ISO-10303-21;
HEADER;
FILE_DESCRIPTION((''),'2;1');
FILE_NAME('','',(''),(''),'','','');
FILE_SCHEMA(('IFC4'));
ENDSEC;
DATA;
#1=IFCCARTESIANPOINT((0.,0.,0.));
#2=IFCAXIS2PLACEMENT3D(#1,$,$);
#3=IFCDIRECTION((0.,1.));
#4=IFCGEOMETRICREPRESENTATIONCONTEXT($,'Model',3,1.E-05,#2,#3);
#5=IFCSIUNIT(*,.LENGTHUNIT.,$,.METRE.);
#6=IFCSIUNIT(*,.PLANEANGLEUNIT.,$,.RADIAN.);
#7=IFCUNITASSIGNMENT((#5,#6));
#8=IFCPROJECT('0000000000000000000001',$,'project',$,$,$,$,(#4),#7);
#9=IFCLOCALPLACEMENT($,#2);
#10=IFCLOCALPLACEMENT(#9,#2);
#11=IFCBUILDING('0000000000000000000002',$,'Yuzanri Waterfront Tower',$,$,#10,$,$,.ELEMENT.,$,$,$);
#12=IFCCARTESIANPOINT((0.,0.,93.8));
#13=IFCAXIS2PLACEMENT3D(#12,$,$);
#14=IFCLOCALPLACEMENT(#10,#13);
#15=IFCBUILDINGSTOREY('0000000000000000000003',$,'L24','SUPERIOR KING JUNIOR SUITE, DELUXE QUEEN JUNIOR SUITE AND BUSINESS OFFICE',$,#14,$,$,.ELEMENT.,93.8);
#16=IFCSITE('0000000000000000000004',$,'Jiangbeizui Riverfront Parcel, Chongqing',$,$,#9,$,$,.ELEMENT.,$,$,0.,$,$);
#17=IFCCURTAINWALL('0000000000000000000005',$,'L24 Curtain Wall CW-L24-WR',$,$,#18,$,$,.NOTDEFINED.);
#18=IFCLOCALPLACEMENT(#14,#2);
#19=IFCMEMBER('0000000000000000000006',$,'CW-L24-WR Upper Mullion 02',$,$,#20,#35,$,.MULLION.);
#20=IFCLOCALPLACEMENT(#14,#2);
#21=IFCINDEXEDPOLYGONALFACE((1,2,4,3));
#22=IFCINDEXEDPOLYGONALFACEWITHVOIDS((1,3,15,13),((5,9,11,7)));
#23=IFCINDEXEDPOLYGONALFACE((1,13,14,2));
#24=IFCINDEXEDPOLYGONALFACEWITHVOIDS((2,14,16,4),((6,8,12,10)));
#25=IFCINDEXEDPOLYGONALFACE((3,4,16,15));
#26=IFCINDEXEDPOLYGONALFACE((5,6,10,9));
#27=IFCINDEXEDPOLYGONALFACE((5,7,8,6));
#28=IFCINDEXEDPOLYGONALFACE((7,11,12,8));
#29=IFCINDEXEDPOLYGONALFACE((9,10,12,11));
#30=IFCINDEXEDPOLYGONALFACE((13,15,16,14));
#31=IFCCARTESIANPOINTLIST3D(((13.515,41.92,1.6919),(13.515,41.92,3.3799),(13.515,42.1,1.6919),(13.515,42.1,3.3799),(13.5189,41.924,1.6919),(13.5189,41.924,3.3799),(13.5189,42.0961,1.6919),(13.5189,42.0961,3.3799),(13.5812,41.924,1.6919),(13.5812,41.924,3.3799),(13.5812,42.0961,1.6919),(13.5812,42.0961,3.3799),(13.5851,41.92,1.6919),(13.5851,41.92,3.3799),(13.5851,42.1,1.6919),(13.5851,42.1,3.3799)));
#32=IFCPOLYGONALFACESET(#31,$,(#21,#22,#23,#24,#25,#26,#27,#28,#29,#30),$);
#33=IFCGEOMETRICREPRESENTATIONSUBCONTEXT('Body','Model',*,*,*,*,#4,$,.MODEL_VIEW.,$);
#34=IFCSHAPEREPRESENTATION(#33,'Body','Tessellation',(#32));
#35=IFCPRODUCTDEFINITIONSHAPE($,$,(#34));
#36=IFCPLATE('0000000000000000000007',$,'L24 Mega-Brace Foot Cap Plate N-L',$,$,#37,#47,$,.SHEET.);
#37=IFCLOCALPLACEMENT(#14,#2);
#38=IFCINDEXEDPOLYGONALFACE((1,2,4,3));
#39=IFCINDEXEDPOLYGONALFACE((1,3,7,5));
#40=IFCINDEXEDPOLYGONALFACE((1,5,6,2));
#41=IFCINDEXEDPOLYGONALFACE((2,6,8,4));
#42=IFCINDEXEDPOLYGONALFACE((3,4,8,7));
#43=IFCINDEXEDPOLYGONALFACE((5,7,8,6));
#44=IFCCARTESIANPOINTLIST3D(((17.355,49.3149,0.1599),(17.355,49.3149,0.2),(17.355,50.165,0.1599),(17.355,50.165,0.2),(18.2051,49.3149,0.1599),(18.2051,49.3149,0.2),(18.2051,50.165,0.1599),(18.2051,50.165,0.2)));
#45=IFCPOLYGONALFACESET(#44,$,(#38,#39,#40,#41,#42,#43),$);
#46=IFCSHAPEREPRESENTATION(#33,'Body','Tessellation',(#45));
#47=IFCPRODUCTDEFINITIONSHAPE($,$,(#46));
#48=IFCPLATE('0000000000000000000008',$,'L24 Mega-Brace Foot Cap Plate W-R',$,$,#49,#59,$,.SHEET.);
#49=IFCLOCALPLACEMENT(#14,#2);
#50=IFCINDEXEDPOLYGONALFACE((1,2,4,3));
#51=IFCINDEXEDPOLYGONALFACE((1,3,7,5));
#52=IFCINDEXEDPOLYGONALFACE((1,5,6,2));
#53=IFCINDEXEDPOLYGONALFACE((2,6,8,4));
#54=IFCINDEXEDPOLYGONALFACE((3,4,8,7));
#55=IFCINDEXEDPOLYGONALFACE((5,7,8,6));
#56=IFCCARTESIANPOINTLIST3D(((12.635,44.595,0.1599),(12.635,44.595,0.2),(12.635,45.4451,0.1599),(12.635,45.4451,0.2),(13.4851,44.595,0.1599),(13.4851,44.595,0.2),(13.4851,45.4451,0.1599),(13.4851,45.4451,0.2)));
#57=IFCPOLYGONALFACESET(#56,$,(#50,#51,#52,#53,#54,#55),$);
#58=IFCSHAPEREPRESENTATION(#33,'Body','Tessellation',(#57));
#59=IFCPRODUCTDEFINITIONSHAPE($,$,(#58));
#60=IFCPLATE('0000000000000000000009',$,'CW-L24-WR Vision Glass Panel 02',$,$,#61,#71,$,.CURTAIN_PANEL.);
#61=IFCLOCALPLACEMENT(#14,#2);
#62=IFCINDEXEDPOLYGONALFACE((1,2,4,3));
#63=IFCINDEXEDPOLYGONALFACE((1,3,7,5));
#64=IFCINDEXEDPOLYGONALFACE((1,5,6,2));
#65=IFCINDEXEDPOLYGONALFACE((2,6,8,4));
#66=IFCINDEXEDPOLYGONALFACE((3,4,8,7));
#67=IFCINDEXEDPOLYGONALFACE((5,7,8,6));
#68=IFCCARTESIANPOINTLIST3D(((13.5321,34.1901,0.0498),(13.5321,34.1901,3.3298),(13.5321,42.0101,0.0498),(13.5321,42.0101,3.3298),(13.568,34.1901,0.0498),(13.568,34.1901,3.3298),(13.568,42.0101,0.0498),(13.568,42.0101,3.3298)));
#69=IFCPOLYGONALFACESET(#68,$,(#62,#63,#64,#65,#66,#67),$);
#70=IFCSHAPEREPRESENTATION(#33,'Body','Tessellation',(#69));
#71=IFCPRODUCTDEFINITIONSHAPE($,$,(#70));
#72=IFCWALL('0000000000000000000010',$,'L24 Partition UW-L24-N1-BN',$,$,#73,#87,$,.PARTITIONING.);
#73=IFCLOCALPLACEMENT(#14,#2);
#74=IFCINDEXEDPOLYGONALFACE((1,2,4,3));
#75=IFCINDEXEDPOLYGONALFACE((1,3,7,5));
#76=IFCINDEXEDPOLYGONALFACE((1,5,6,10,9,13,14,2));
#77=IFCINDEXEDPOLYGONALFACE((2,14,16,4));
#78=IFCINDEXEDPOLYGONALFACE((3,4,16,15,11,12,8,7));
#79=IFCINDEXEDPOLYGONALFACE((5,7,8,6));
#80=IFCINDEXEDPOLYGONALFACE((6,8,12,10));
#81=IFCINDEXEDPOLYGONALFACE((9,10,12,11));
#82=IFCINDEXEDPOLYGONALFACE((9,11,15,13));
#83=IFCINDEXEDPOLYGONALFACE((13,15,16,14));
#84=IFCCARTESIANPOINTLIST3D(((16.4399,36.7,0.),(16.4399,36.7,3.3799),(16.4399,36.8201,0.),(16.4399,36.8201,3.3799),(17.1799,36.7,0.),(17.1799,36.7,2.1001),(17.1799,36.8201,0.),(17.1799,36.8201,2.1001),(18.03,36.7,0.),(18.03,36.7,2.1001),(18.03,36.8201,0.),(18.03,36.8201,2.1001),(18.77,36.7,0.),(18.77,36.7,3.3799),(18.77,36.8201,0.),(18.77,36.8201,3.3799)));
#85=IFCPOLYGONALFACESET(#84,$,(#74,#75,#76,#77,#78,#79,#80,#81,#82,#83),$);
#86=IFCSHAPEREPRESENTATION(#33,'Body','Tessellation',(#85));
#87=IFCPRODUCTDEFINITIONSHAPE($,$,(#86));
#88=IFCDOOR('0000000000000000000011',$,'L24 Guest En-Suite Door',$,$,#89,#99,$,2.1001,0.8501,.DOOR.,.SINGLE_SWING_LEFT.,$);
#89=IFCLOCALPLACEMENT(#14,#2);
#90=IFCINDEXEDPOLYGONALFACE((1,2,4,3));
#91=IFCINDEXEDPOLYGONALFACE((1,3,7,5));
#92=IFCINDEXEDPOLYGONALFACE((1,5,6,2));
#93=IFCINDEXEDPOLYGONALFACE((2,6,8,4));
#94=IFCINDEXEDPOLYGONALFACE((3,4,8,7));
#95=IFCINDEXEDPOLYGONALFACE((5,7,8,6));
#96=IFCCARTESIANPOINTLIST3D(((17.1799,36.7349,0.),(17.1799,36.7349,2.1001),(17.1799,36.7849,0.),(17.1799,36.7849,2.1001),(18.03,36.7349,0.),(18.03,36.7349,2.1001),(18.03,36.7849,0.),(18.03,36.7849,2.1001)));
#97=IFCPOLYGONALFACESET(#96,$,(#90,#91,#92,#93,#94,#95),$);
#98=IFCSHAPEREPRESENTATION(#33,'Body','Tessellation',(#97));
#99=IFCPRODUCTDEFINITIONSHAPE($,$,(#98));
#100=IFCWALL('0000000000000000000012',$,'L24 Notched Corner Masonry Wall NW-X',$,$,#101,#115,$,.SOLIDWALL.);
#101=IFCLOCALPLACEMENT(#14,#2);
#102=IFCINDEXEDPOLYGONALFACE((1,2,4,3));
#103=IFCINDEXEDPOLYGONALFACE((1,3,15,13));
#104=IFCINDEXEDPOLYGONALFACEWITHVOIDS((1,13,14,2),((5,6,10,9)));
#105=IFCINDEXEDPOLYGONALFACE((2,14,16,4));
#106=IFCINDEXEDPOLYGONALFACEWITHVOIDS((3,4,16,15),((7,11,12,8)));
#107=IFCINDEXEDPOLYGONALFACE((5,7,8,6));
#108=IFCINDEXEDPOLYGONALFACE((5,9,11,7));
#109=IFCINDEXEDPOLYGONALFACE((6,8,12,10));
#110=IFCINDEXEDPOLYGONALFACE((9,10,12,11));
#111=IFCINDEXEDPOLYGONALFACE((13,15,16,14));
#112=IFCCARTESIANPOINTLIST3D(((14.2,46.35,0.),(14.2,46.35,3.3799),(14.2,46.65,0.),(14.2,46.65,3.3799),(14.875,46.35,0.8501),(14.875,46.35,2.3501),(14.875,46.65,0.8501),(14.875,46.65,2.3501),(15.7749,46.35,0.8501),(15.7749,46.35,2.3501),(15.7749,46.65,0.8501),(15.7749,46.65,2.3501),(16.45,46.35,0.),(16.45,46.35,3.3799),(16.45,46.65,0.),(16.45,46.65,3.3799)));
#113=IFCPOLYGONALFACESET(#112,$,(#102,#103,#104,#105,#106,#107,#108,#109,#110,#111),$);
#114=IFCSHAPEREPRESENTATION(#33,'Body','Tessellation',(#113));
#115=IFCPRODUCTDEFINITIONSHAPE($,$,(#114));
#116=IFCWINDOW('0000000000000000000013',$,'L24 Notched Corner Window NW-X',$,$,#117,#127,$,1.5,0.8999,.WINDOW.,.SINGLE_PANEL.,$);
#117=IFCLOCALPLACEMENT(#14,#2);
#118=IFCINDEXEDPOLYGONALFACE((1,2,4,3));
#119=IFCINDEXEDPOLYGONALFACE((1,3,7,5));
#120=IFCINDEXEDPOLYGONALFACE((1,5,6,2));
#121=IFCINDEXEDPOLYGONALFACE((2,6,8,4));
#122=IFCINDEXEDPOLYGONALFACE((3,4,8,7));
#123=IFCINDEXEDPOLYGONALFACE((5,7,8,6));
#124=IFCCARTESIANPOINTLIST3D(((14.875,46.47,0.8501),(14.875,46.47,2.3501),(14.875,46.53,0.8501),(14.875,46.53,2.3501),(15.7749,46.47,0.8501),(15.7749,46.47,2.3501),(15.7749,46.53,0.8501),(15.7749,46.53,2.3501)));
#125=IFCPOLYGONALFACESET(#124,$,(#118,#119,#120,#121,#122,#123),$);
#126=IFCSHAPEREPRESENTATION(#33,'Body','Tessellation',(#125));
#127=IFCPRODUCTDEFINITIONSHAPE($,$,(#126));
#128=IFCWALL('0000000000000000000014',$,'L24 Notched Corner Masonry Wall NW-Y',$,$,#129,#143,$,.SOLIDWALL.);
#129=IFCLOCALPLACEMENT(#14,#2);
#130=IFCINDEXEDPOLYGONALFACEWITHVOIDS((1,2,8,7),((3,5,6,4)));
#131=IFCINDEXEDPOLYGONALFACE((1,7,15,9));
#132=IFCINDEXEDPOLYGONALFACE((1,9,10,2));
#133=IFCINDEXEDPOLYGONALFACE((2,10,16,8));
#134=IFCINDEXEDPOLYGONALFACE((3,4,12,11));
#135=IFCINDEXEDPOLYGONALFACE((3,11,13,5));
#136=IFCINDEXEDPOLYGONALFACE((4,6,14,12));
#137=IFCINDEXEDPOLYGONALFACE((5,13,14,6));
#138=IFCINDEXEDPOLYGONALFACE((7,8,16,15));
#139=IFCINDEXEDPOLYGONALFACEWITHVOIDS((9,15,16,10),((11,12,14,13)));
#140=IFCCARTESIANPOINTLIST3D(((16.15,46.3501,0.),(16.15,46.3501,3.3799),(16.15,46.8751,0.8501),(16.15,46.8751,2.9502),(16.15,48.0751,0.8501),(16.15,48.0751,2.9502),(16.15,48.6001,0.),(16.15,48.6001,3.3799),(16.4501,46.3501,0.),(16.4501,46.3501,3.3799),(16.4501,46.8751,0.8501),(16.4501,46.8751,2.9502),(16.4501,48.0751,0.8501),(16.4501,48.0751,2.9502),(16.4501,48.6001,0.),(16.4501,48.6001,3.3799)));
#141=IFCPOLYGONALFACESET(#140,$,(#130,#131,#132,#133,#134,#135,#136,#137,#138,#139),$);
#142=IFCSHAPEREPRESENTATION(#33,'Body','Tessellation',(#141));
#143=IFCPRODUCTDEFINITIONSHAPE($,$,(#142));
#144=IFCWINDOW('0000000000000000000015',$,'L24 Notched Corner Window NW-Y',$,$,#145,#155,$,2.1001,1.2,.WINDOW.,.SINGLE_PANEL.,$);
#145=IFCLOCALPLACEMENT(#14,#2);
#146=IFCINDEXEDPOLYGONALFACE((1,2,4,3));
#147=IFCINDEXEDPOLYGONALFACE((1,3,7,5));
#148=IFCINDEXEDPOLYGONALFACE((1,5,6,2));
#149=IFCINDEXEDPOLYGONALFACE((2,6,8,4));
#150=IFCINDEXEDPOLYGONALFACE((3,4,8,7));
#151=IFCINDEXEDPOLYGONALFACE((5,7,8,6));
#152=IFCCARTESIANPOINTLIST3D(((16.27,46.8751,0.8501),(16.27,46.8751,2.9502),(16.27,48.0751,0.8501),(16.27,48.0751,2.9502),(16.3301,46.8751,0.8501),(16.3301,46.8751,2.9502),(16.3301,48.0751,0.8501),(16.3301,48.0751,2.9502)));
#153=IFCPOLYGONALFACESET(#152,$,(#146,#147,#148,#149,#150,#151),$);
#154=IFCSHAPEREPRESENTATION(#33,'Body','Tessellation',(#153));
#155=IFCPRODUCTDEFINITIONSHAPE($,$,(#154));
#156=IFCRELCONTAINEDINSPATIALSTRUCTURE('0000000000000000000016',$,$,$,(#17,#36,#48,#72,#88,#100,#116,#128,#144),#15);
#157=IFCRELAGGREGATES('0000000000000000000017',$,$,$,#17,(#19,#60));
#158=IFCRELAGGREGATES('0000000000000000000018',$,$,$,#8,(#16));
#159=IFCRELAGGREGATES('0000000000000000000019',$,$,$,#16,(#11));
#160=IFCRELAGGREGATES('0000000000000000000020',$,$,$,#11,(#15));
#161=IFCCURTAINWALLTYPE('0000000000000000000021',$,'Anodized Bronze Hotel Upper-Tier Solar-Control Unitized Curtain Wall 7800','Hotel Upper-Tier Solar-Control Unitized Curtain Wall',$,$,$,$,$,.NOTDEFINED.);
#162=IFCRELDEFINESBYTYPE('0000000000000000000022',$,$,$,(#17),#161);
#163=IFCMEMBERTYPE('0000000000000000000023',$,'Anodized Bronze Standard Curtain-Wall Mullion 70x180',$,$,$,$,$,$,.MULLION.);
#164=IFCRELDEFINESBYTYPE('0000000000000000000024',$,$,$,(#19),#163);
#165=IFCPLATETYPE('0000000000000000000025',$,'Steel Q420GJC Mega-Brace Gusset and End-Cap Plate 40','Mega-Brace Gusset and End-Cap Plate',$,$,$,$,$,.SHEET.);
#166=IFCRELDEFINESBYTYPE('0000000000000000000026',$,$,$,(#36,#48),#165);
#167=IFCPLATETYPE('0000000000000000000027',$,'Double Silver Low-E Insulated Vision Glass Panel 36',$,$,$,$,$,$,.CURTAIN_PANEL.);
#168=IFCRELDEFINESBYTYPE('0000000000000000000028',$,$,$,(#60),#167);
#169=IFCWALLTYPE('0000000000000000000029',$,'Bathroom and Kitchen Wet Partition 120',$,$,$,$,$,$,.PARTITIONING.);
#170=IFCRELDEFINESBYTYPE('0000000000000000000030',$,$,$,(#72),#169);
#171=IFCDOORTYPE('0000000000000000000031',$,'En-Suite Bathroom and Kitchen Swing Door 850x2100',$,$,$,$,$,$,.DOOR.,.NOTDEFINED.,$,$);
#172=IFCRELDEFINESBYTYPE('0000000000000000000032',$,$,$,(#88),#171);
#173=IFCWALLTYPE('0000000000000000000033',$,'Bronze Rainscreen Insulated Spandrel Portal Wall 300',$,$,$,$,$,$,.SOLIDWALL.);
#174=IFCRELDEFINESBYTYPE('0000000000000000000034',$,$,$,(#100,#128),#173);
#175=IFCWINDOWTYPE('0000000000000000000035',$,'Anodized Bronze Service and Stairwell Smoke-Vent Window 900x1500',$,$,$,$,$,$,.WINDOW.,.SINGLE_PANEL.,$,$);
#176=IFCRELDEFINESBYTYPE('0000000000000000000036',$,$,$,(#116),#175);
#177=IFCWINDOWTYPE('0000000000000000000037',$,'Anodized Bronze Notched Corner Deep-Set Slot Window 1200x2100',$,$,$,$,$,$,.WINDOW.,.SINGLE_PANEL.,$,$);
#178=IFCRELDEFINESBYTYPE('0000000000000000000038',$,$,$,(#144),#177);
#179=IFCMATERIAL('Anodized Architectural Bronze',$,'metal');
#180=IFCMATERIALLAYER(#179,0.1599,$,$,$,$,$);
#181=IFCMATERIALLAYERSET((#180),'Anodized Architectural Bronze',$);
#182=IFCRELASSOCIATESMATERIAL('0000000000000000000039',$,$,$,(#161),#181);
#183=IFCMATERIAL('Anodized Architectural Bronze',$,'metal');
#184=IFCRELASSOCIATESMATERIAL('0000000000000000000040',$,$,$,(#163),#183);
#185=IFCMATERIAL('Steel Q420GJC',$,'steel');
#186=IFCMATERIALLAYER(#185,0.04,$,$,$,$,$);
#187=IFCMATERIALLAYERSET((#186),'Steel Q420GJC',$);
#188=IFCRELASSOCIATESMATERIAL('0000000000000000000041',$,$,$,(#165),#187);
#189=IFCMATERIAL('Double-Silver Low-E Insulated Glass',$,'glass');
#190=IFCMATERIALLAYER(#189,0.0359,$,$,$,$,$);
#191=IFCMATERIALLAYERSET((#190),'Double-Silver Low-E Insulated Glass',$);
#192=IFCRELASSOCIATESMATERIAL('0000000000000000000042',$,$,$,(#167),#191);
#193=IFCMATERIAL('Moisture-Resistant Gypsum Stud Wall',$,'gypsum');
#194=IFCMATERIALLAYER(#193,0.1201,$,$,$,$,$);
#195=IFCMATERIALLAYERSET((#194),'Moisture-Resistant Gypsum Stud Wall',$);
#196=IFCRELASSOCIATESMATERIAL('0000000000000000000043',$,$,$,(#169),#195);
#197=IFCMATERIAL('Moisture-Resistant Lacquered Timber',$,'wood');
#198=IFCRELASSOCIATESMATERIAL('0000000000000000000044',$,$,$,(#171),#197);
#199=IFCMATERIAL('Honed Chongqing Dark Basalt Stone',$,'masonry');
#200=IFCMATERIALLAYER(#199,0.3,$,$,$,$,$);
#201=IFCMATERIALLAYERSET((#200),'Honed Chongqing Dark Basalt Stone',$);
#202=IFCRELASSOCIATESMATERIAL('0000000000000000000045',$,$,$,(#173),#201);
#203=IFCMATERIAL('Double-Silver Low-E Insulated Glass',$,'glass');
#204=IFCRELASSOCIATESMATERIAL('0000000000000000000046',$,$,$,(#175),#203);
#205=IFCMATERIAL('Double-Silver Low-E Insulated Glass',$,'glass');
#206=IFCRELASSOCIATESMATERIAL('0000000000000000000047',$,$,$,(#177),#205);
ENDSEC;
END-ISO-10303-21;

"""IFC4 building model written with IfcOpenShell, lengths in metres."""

from ifc_helpers import new_model, si_unit, direction, frame, frame_2d, origin, origin_2d, place, context, subcontext, project, spatial, rectangle, hollow_rectangle, extrude, source, transform, mapped, material, layer, layer_set, material_profile, profile_set, type_object, element, fill, aggregate, save


model = new_model("IFC4")

# Units and contexts
model_context = context("Model", 3, precision=1e-05, world=origin(), true_north=direction((0.0, 1.0)))
body_context = subcontext(model_context, "Body", "Model", "MODEL_VIEW")
ifc_project = project(units=[si_unit("LENGTHUNIT", "METRE"), si_unit("PLANEANGLEUNIT", "RADIAN")], contexts=[model_context])

# Site, building, storey
site_placement = place(None, origin())
site = spatial("IfcSite", under=ifc_project, at=site_placement, Name="Jiangbeizui Riverfront Parcel, Chongqing", CompositionType="ELEMENT", RefElevation=0.0)
building_placement = place(site_placement, origin())
building = spatial("IfcBuilding", under=site, at=building_placement, Name="Yuzanri Waterfront Tower", CompositionType="ELEMENT")
storey_placement = place(building_placement, frame((0.0, 0.0, 93.8)))
storey = spatial("IfcBuildingStorey", under=building, at=storey_placement, Name="L24", Description="SUPERIOR KING JUNIOR SUITE, DELUXE QUEEN JUNIOR SUITE AND BUSINESS OFFICE", CompositionType="ELEMENT", Elevation=93.8)

# Curtain wall, member
ifc_material_1 = material(Name="Anodized Architectural Bronze", Category="metal")
ifc_layer_1 = layer(ifc_material_1, 0.1599)
ifc_layer_set_1 = layer_set([ifc_layer_1], Name="Anodized Architectural Bronze")
curtain_wall_type = type_object("IfcCurtainWallType", Name="Anodized Bronze Hotel Upper-Tier Solar-Control Unitized Curtain Wall 7800", Description="Hotel Upper-Tier Solar-Control Unitized Curtain Wall", PredefinedType="NOTDEFINED", material=ifc_layer_set_1)
curtain_wall_placement = place(storey_placement, origin())
curtain_wall = element("IfcCurtainWall", 1, at=curtain_wall_placement, inside=storey, type_object=curtain_wall_type, Name="L24 Curtain Wall CW-L24-WR", PredefinedType="NOTDEFINED")
ifc_material_2 = material(Name="Anodized Architectural Bronze", Category="metal")
ifc_material_profile_1 = material_profile(ifc_material_2, hollow_rectangle(XDim=0.0701, YDim=0.1799, WallThickness=0.0039, at=origin_2d()), Name="CWM 70x180")
ifc_profile_set_1 = profile_set([ifc_material_profile_1], Name="Anodized Architectural Bronze")
member_type_1 = type_object("IfcMemberType", Name="Anodized Bronze Standard Curtain-Wall Mullion 70x180", PredefinedType="MULLION", material=ifc_profile_set_1)
shared_shape_1 = source(origin(), body_context, "Body", "SweptSolid", [
    extrude(hollow_rectangle(XDim=0.0701, YDim=0.1799, WallThickness=0.0039, at=origin_2d()), origin(), (0.0, 0.0, 1.0), 1.688),
])
member_1_placement = place(storey_placement, frame((13.55, 42.01, 1.6919), z_axis=(0.0, 0.0, 1.0), x_axis=(1.0, 0.0, 0.0)))
member_1 = element("IfcMember", 2, at=member_1_placement, type_object=member_type_1, Name="CW-L24-WR Upper Mullion 02", PredefinedType="MULLION", context=body_context, shape_type="MappedRepresentation", body=[
    mapped(shared_shape_1, transform((0.0, 0.0, 0.0), scale=1.0)),
])

# Plates
ifc_material_3 = material(Name="Steel Q420GJC", Category="steel")
ifc_layer_2 = layer(ifc_material_3, 0.04)
ifc_layer_set_2 = layer_set([ifc_layer_2], Name="Steel Q420GJC")
plate_type_1 = type_object("IfcPlateType", Name="Steel Q420GJC Mega-Brace Gusset and End-Cap Plate 40", Description="Mega-Brace Gusset and End-Cap Plate", PredefinedType="SHEET", material=ifc_layer_set_2)
shared_shape_2 = source(origin(), body_context, "Body", "SweptSolid", [
    extrude(rectangle(XDim=0.8501, YDim=0.8501, at=origin_2d()), origin(), (0.0, 0.0, 1.0), 0.04),
])
for number, where, z_axis, x_axis, name in (
    (3, (17.78, 49.74, 0.1599), (0.0, 0.0, 1.0), (1.0, 0.0, 0.0), "L24 Mega-Brace Foot Cap Plate N-L"),
    (4, (13.0601, 45.02, 0.1599), (0.0, 0.0, 1.0), (1.0, 0.0, 0.0), "L24 Mega-Brace Foot Cap Plate W-R"),
):
    element("IfcPlate", number, at=place(storey_placement, frame(where, z_axis=z_axis, x_axis=x_axis)), inside=storey, type_object=plate_type_1, Name=name, PredefinedType="SHEET", context=body_context, shape_type="MappedRepresentation", body=[
        mapped(shared_shape_2, transform((0.0, 0.0, 0.0), scale=1.0)),
    ])

# Plate
ifc_material_4 = material(Name="Double-Silver Low-E Insulated Glass", Category="glass")
ifc_layer_3 = layer(ifc_material_4, 0.0359)
ifc_layer_set_3 = layer_set([ifc_layer_3], Name="Double-Silver Low-E Insulated Glass")
plate_type_2 = type_object("IfcPlateType", Name="Double Silver Low-E Insulated Vision Glass Panel 36", PredefinedType="CURTAIN_PANEL", material=ifc_layer_set_3)
shared_shape_3 = source(origin(), body_context, "Body", "SweptSolid", [
    extrude(rectangle(XDim=7.8201, YDim=0.0359, at=origin_2d()), origin(), (0.0, 0.0, 1.0), 3.28),
])
plate_placement = place(storey_placement, frame((13.55, 38.1001, 0.0498), z_axis=(0.0, 0.0, 1.0), x_axis=(0.0, 1.0, 0.0)))
plate = element("IfcPlate", 5, at=plate_placement, type_object=plate_type_2, Name="CW-L24-WR Vision Glass Panel 02", PredefinedType="CURTAIN_PANEL", context=body_context, shape_type="MappedRepresentation", body=[
    mapped(shared_shape_3, transform((0.0, 0.0, 0.0), scale=1.0)),
])
aggregate(curtain_wall, [member_1, plate])

# Wall, opening, door
ifc_material_5 = material(Name="Moisture-Resistant Gypsum Stud Wall", Category="gypsum")
ifc_layer_4 = layer(ifc_material_5, 0.1201)
ifc_layer_set_4 = layer_set([ifc_layer_4], Name="Moisture-Resistant Gypsum Stud Wall")
wall_type_1 = type_object("IfcWallType", Name="Bathroom and Kitchen Wet Partition 120", PredefinedType="PARTITIONING", material=ifc_layer_set_4)
wall_1_placement = place(storey_placement, frame((16.4399, 36.76, 0.0), z_axis=(0.0, 0.0, 1.0), x_axis=(1.0, 0.0, 0.0)))
wall_1 = element("IfcWall", 6, at=wall_1_placement, inside=storey, type_object=wall_type_1, Name="L24 Partition UW-L24-N1-BN", PredefinedType="PARTITIONING", context=body_context, shape_type="SweptSolid", body=[
    extrude(rectangle(XDim=2.3301, YDim=0.1201, at=frame_2d((1.165, 0.0))), origin(), (0.0, 0.0, 1.0), 3.3799),
])
opening_1_placement = place(wall_1_placement, frame((0.74, 0.0, 0.0)))
opening_1 = element("IfcOpeningElement", 7, at=opening_1_placement, cuts=wall_1, PredefinedType="OPENING", context=body_context, shape_type="SweptSolid", body=[
    extrude(rectangle(XDim=0.8501, YDim=2.1001, at=frame_2d((0.425, 1.05))), frame((0.0, 0.075, 0.0), z_axis=(0.0, -1.0, 0.0), x_axis=(1.0, 0.0, 0.0)), (0.0, 0.0, 1.0), 0.1499),
])
ifc_material_6 = material(Name="Moisture-Resistant Lacquered Timber", Category="wood")
door_type_1 = type_object("IfcDoorType", Name="En-Suite Bathroom and Kitchen Swing Door 850x2100", OperationType="NOTDEFINED", PredefinedType="DOOR", material=ifc_material_6)
shared_shape_4 = source(origin(), body_context, "Body", "SweptSolid", [
    extrude(rectangle(XDim=0.8501, YDim=2.1001, at=frame_2d((0.425, 1.05))), frame((0.0, 0.0249, 0.0), z_axis=(0.0, -1.0, 0.0), x_axis=(1.0, 0.0, 0.0)), (0.0, 0.0, 1.0), 0.05),
])
door_1_placement = place(opening_1_placement, origin())
door_1 = element("IfcDoor", 8, at=door_1_placement, inside=storey, type_object=door_type_1, Name="L24 Guest En-Suite Door", OperationType="SINGLE_SWING_LEFT", OverallHeight=2.1001, OverallWidth=0.8501, PredefinedType="DOOR", context=body_context, shape_type="MappedRepresentation", body=[
    mapped(shared_shape_4, transform((0.0, 0.0, 0.0), scale=1.0)),
])
fill(opening_1, door_1)

# Walls, openings, windows
ifc_material_7 = material(Name="Honed Chongqing Dark Basalt Stone", Category="masonry")
ifc_layer_5 = layer(ifc_material_7, 0.3)
ifc_layer_set_5 = layer_set([ifc_layer_5], Name="Honed Chongqing Dark Basalt Stone")
wall_type_2 = type_object("IfcWallType", Name="Bronze Rainscreen Insulated Spandrel Portal Wall 300", PredefinedType="SOLIDWALL", material=ifc_layer_set_5)
wall_2_placement = place(storey_placement, frame((16.45, 46.5, 0.0), z_axis=(0.0, 0.0, 1.0), x_axis=(-1.0, 0.0, 0.0)))
wall_2 = element("IfcWall", 9, at=wall_2_placement, inside=storey, type_object=wall_type_2, Name="L24 Notched Corner Masonry Wall NW-X", PredefinedType="SOLIDWALL", context=body_context, shape_type="SweptSolid", body=[
    extrude(rectangle(XDim=2.25, YDim=0.3, at=frame_2d((1.125, 0.0))), origin(), (0.0, 0.0, 1.0), 3.3799),
])
opening_2_placement = place(wall_2_placement, frame((0.675, 0.0, 0.8501)))
opening_2 = element("IfcOpeningElement", 10, at=opening_2_placement, cuts=wall_2, PredefinedType="OPENING", context=body_context, shape_type="SweptSolid", body=[
    extrude(rectangle(XDim=0.8999, YDim=1.5, at=frame_2d((0.45, 0.75))), frame((0.0, 0.165, 0.0), z_axis=(0.0, -1.0, 0.0), x_axis=(1.0, 0.0, 0.0)), (0.0, 0.0, 1.0), 0.3298),
])
ifc_material_8 = material(Name="Double-Silver Low-E Insulated Glass", Category="glass")
window_type_1 = type_object("IfcWindowType", Name="Anodized Bronze Service and Stairwell Smoke-Vent Window 900x1500", PartitioningType="SINGLE_PANEL", PredefinedType="WINDOW", material=ifc_material_8)
shared_shape_5 = source(origin(), body_context, "Body", "SweptSolid", [
    extrude(rectangle(XDim=0.8999, YDim=1.5, at=frame_2d((0.45, 0.75))), frame((0.0, 0.03, 0.0), z_axis=(0.0, -1.0, 0.0), x_axis=(1.0, 0.0, 0.0)), (0.0, 0.0, 1.0), 0.0601),
])
window_1_placement = place(opening_2_placement, origin())
window_1 = element("IfcWindow", 11, at=window_1_placement, inside=storey, type_object=window_type_1, Name="L24 Notched Corner Window NW-X", OverallHeight=1.5, OverallWidth=0.8999, PartitioningType="SINGLE_PANEL", PredefinedType="WINDOW", context=body_context, shape_type="MappedRepresentation", body=[
    mapped(shared_shape_5, transform((0.0, 0.0, 0.0), scale=1.0)),
])
fill(opening_2, window_1)
wall_3_placement = place(storey_placement, frame((16.3, 48.6001, 0.0), z_axis=(0.0, 0.0, 1.0), x_axis=(0.0, -1.0, 0.0)))
wall_3 = element("IfcWall", 12, at=wall_3_placement, inside=storey, type_object=wall_type_2, Name="L24 Notched Corner Masonry Wall NW-Y", PredefinedType="SOLIDWALL", context=body_context, shape_type="SweptSolid", body=[
    extrude(rectangle(XDim=2.25, YDim=0.3, at=frame_2d((1.125, 0.0))), origin(), (0.0, 0.0, 1.0), 3.3799),
])
opening_3_placement = place(wall_3_placement, frame((0.5249, 0.0, 0.8501)))
opening_3 = element("IfcOpeningElement", 13, at=opening_3_placement, cuts=wall_3, PredefinedType="OPENING", context=body_context, shape_type="SweptSolid", body=[
    extrude(rectangle(XDim=1.2, YDim=2.1001, at=frame_2d((0.6001, 1.05))), frame((0.0, 0.165, 0.0), z_axis=(0.0, -1.0, 0.0), x_axis=(1.0, 0.0, 0.0)), (0.0, 0.0, 1.0), 0.3298),
])
ifc_material_9 = material(Name="Double-Silver Low-E Insulated Glass", Category="glass")
window_type_2 = type_object("IfcWindowType", Name="Anodized Bronze Notched Corner Deep-Set Slot Window 1200x2100", PartitioningType="SINGLE_PANEL", PredefinedType="WINDOW", material=ifc_material_9)
shared_shape_6 = source(origin(), body_context, "Body", "SweptSolid", [
    extrude(rectangle(XDim=1.2, YDim=2.1001, at=frame_2d((0.6001, 1.05))), frame((0.0, 0.03, 0.0), z_axis=(0.0, -1.0, 0.0), x_axis=(1.0, 0.0, 0.0)), (0.0, 0.0, 1.0), 0.0601),
])
window_2_placement = place(opening_3_placement, origin())
window_2 = element("IfcWindow", 14, at=window_2_placement, inside=storey, type_object=window_type_2, Name="L24 Notched Corner Window NW-Y", OverallHeight=2.1001, OverallWidth=1.2, PartitioningType="SINGLE_PANEL", PredefinedType="WINDOW", context=body_context, shape_type="MappedRepresentation", body=[
    mapped(shared_shape_6, transform((0.0, 0.0, 0.0), scale=1.0)),
])
fill(opening_3, window_2)

save(model, "model.ifc")
